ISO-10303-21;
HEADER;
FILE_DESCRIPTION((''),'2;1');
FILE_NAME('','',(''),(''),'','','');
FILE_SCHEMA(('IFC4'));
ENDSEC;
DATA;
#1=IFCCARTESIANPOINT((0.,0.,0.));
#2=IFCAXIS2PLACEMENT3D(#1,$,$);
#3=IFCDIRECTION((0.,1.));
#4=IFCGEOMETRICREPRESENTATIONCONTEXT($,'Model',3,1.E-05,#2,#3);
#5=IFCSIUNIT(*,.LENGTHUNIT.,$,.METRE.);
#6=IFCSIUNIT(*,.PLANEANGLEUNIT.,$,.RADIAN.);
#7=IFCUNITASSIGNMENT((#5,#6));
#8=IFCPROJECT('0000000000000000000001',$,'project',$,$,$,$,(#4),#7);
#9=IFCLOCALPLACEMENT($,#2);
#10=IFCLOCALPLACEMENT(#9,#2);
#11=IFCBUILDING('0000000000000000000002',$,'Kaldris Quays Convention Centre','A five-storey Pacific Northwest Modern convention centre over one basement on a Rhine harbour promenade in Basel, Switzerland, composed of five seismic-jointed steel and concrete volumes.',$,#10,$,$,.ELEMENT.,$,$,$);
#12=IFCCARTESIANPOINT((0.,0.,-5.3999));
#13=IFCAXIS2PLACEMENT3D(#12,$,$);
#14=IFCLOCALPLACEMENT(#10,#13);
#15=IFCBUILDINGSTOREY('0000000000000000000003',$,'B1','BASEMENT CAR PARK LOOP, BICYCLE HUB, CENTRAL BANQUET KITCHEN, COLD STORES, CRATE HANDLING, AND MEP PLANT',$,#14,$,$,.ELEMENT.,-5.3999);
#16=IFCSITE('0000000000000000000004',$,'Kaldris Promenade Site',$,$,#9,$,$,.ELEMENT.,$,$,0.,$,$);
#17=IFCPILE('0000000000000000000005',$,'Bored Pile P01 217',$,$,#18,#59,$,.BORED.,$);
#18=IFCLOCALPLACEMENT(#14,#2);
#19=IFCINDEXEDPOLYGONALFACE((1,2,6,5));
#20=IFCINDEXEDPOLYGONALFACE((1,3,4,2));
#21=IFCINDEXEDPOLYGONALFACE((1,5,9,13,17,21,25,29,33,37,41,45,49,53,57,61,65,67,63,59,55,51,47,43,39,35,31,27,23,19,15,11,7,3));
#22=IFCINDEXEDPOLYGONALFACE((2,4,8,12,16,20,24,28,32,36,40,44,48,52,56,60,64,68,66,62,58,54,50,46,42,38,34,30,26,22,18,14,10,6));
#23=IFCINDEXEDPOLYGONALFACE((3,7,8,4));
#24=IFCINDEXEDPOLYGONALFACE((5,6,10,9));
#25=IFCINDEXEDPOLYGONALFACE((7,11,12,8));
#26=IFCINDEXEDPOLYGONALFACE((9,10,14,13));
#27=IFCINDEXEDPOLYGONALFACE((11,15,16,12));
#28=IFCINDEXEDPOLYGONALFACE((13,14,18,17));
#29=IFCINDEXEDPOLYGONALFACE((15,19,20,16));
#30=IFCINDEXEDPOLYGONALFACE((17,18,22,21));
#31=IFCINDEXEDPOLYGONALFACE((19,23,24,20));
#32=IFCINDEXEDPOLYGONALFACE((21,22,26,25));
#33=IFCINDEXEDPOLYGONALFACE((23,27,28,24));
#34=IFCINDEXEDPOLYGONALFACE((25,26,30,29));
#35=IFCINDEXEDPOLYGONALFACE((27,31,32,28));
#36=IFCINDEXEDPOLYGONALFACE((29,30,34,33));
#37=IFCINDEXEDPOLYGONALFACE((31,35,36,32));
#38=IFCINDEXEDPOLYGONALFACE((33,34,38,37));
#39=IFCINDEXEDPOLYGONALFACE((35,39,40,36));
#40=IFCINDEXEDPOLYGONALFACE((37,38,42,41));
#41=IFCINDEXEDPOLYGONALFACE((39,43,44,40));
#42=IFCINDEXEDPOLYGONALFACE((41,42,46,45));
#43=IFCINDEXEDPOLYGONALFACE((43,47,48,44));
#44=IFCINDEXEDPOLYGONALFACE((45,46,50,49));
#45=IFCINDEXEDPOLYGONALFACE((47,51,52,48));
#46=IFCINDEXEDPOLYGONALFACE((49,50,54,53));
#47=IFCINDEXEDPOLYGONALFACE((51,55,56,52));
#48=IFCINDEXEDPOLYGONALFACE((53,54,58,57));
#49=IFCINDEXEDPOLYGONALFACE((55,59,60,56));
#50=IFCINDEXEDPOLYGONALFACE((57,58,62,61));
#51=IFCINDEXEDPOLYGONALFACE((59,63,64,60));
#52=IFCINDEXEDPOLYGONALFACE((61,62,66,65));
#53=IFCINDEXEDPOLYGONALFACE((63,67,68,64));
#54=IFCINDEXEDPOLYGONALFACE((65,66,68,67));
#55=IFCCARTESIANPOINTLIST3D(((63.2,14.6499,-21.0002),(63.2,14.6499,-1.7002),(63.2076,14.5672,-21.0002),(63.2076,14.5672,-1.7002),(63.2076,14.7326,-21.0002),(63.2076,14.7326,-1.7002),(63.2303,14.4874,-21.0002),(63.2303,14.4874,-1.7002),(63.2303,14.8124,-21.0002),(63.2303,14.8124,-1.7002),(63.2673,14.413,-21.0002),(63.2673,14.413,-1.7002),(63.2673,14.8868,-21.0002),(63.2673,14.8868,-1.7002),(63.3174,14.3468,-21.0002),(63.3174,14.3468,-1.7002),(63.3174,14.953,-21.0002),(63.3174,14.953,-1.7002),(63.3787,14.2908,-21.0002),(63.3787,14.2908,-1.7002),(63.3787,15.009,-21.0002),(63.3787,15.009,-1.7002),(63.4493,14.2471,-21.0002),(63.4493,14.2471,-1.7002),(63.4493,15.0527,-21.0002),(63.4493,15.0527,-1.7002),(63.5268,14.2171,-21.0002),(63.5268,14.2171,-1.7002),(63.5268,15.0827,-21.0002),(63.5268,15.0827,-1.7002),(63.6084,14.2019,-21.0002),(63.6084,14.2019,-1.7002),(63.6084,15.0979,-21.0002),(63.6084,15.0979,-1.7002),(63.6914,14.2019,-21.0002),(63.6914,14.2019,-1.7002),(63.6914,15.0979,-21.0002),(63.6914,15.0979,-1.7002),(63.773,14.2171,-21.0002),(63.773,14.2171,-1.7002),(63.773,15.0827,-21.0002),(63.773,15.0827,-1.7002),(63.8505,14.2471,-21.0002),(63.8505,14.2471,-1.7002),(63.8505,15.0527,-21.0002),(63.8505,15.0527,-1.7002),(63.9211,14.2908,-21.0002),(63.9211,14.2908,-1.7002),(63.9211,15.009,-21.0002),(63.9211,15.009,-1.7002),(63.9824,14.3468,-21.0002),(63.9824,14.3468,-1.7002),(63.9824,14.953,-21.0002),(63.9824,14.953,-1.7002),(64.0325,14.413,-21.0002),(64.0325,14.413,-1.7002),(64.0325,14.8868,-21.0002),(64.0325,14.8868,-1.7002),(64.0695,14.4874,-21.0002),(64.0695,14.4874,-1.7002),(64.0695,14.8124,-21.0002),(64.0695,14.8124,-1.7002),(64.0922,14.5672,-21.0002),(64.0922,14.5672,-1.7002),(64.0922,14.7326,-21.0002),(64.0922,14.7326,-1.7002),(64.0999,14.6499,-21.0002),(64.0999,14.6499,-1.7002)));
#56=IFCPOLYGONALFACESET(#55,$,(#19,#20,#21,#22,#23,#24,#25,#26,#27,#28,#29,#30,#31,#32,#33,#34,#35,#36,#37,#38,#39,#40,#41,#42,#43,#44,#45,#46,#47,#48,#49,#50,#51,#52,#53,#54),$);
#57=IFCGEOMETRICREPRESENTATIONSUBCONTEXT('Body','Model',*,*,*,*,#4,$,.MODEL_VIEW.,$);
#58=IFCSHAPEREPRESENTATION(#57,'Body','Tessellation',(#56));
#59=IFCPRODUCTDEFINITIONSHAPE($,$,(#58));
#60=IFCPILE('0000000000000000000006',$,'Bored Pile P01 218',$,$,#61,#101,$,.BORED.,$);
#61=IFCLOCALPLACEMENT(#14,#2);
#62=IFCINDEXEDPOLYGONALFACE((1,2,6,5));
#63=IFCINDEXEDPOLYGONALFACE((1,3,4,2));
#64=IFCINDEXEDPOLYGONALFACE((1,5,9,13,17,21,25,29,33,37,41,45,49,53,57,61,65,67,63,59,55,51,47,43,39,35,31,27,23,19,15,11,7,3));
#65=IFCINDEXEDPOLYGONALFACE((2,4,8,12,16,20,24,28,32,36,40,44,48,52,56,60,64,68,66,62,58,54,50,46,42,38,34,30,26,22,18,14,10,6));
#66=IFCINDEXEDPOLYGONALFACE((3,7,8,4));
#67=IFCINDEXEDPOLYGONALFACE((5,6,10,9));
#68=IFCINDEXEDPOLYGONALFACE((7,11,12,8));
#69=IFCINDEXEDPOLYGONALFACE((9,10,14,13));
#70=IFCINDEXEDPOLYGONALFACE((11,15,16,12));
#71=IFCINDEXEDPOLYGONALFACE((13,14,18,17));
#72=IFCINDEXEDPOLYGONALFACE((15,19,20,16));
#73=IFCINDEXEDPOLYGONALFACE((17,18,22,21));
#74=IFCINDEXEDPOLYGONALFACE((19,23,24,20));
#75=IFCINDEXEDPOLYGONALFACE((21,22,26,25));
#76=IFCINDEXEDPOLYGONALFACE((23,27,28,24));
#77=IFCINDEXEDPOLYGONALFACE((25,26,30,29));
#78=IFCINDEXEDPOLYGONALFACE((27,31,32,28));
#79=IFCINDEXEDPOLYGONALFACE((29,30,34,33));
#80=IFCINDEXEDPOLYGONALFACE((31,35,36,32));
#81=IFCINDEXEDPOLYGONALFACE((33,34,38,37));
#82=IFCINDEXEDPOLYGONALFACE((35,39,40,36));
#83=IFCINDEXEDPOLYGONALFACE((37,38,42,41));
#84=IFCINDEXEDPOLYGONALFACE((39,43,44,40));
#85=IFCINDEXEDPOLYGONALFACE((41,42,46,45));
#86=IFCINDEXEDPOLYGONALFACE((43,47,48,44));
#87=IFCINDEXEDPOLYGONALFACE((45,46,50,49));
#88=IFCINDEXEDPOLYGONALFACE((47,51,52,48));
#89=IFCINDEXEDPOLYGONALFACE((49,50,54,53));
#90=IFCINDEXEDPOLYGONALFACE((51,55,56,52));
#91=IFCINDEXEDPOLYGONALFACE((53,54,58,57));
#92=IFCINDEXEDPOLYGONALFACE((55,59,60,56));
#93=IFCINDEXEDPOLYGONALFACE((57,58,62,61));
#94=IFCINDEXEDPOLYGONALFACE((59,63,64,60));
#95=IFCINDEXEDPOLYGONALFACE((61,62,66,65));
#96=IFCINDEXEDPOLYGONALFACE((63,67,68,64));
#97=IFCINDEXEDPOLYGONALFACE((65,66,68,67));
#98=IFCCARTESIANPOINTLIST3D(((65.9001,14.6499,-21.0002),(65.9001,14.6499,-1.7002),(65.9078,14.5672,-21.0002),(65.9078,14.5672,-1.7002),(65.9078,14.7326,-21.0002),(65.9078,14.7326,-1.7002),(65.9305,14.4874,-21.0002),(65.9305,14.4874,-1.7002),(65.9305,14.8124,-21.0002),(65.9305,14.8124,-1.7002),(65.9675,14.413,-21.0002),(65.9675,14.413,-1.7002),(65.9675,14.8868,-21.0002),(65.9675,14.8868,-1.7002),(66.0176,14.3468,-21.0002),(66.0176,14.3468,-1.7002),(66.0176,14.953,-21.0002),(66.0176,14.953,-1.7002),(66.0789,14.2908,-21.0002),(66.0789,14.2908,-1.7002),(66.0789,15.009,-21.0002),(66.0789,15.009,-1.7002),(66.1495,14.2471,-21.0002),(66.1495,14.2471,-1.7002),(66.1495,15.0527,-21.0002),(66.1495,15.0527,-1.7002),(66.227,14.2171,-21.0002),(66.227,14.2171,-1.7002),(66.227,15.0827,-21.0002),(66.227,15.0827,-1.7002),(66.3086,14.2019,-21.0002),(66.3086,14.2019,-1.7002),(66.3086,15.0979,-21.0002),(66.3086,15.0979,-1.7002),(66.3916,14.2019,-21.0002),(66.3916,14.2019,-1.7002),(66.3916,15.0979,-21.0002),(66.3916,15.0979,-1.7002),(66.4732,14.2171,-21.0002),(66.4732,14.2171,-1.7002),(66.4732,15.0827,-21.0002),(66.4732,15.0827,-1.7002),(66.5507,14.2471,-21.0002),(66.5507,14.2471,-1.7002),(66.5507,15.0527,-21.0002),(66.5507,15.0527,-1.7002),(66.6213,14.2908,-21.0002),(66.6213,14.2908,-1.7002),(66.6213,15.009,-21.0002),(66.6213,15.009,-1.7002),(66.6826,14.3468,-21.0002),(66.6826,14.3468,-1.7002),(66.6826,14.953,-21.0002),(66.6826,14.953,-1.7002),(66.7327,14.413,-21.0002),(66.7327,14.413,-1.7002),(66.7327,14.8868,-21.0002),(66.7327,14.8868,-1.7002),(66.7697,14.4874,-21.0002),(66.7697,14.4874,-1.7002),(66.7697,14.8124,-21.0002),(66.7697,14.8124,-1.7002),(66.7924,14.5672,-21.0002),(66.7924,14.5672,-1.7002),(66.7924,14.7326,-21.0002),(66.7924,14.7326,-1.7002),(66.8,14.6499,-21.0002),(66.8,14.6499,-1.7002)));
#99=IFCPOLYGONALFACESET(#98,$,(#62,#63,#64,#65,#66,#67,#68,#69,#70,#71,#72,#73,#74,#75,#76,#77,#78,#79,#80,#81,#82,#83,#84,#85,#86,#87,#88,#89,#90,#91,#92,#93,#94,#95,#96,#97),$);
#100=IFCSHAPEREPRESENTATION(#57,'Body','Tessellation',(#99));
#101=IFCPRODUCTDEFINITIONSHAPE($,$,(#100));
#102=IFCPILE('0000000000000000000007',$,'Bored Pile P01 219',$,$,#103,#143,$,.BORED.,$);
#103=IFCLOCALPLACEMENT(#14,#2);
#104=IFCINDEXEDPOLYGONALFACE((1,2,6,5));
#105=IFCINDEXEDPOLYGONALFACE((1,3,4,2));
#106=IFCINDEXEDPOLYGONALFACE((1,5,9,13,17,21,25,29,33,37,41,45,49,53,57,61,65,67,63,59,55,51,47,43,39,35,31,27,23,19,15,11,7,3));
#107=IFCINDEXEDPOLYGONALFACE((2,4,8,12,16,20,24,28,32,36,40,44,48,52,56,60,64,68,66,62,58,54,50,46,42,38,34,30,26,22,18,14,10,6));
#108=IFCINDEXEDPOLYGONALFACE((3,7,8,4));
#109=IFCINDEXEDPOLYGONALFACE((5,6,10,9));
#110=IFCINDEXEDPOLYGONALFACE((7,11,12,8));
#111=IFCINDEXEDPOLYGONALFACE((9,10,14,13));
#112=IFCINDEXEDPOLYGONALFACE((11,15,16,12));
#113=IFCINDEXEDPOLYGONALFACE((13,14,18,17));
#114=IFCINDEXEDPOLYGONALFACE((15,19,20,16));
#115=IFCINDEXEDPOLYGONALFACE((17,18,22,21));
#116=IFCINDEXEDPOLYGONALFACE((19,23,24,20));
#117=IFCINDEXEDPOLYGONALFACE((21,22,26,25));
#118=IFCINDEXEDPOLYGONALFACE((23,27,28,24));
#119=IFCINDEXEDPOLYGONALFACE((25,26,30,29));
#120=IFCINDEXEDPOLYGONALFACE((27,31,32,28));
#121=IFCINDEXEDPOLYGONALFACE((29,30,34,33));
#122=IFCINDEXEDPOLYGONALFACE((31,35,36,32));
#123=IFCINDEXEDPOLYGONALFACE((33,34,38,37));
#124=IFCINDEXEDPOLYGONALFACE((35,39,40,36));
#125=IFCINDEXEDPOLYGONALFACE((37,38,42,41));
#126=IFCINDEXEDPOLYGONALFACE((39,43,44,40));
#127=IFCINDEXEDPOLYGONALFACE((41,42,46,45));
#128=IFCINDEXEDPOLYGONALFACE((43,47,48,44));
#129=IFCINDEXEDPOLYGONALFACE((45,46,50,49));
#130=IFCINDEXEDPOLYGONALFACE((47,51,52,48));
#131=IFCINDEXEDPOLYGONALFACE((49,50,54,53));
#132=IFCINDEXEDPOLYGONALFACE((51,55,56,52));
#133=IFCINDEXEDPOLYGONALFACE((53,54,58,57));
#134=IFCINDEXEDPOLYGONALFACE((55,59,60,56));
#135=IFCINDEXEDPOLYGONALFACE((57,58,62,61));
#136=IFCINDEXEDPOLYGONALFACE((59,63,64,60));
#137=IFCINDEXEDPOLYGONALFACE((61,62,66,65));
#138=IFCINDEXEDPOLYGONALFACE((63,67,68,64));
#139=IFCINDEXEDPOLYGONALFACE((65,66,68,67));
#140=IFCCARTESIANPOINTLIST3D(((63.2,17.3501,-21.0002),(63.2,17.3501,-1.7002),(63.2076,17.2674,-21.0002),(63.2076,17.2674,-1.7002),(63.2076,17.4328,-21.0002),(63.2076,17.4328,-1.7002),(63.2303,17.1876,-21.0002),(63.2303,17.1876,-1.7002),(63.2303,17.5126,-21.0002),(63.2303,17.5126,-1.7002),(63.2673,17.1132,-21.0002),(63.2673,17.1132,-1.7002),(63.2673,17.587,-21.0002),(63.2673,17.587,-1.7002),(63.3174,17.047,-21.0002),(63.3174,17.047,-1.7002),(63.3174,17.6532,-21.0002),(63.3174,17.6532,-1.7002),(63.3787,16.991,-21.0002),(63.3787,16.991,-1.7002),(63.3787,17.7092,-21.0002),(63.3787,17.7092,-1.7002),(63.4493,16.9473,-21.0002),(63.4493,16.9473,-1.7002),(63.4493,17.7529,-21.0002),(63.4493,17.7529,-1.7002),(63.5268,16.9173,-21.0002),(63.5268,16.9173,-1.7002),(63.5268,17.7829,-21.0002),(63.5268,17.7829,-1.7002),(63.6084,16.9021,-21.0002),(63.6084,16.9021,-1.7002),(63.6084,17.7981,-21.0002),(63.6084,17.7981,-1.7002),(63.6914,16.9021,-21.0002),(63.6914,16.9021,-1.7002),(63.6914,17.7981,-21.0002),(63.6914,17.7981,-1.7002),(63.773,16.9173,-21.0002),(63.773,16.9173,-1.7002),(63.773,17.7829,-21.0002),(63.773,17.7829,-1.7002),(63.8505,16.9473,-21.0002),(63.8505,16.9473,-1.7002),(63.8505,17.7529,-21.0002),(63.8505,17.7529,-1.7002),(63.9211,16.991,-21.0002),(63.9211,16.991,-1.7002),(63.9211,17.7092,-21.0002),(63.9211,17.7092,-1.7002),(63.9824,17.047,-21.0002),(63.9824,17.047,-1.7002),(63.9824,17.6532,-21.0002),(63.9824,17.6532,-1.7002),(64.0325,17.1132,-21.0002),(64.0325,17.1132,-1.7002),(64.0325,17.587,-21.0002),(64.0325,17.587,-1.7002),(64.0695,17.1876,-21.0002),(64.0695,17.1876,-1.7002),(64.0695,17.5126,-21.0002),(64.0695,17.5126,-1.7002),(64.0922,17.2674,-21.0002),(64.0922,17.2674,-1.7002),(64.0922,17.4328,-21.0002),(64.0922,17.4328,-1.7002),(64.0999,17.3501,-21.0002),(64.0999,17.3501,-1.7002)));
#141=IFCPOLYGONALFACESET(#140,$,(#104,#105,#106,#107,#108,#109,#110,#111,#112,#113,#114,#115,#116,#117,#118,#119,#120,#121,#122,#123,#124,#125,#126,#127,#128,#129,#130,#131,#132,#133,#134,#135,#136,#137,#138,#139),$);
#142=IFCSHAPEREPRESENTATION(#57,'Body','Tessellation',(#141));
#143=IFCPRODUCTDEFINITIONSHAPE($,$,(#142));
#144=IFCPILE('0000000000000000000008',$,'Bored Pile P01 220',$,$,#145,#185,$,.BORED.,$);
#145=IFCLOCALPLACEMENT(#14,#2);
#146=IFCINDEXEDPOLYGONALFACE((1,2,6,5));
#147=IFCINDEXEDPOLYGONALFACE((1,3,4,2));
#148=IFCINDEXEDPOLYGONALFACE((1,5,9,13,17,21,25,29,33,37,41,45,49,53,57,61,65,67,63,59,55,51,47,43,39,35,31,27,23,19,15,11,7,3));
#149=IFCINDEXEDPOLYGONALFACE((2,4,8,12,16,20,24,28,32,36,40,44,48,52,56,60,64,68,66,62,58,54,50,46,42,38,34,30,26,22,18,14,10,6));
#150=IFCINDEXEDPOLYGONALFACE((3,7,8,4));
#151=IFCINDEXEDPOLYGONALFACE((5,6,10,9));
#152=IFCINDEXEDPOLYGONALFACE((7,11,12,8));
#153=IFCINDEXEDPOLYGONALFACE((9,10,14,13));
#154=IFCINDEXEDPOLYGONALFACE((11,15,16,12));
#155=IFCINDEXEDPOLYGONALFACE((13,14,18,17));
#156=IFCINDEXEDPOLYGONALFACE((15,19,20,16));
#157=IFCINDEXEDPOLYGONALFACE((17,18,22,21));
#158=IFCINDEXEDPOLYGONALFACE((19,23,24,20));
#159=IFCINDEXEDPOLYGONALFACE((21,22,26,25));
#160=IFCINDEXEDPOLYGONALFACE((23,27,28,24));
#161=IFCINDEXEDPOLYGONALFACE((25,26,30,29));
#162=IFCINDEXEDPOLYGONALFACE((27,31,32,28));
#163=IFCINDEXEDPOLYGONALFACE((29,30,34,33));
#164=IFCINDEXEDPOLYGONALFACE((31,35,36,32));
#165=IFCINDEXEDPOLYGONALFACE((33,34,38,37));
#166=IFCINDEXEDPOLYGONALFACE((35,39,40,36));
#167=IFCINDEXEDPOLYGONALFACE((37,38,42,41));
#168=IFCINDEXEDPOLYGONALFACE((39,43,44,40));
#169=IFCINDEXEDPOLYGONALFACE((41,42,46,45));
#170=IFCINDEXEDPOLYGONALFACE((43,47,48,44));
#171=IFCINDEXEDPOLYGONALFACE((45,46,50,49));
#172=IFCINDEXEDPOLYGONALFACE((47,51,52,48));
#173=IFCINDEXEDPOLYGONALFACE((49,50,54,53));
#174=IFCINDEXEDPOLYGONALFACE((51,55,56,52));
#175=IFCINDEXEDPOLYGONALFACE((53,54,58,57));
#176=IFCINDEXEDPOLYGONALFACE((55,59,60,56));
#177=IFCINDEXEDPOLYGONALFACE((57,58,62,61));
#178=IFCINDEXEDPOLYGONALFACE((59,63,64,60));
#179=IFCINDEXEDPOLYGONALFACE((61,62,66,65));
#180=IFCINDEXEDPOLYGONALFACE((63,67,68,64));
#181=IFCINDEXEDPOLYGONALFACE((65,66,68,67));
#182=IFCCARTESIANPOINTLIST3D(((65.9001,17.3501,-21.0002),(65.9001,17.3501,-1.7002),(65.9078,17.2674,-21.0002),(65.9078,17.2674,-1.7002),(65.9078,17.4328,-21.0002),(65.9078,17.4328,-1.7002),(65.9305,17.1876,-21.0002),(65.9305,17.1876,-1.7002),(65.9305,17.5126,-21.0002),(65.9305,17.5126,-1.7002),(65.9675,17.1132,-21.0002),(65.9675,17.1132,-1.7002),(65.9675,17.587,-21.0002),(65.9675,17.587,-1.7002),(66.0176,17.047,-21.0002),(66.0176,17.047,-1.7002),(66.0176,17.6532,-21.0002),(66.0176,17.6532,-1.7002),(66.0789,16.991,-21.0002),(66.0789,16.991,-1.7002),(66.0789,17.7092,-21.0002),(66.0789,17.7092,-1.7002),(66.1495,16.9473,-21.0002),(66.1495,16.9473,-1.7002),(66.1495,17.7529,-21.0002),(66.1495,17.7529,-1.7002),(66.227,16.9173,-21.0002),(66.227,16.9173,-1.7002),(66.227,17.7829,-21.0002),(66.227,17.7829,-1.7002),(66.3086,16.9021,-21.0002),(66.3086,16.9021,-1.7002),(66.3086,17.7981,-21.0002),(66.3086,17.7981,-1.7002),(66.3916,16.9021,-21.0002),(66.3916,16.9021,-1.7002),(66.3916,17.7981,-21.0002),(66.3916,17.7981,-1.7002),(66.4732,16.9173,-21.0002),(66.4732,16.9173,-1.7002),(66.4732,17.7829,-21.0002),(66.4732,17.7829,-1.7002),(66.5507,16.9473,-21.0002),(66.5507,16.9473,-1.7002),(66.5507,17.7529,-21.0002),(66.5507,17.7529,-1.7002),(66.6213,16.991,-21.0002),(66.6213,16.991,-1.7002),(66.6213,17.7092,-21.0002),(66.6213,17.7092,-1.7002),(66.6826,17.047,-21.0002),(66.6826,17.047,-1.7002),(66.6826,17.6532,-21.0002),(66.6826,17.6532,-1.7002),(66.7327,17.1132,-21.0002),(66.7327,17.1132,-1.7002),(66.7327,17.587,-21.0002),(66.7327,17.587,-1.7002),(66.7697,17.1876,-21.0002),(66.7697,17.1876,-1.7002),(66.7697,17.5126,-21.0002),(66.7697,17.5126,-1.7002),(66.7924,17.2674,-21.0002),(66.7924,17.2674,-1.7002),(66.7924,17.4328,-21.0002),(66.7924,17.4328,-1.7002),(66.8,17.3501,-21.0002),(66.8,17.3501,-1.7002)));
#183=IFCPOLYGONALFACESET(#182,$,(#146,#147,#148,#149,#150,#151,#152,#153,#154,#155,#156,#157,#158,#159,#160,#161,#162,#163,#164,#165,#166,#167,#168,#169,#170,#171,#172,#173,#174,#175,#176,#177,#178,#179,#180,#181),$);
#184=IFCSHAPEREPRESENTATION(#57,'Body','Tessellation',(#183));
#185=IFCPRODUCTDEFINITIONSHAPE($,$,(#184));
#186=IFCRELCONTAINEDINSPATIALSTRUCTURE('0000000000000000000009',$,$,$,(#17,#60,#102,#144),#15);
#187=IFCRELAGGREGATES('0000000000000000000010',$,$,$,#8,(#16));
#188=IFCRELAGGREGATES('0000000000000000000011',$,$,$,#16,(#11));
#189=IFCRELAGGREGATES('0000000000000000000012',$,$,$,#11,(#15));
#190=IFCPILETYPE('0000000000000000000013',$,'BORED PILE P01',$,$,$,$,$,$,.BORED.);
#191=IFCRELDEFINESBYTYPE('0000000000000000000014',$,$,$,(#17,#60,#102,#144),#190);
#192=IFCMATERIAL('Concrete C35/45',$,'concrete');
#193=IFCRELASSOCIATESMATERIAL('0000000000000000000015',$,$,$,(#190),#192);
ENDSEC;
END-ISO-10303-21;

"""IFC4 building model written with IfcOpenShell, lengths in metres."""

from ifc_helpers import new_model, si_unit, direction, frame, origin, origin_2d, place, context, subcontext, project, spatial, circle, extrude, material, material_profile, profile_set, type_object, element, save


model = new_model("IFC4")

# Units and contexts
model_context = context("Model", 3, precision=1e-05, world=origin(), true_north=direction((0.0, 1.0)))
body_context = subcontext(model_context, "Body", "Model", "MODEL_VIEW")
ifc_project = project(units=[si_unit("LENGTHUNIT", "METRE"), si_unit("PLANEANGLEUNIT", "RADIAN")], contexts=[model_context])

# Site, building, storey
site_placement = place(None, origin())
site = spatial("IfcSite", under=ifc_project, at=site_placement, Name="Kaldris Promenade Site", CompositionType="ELEMENT", RefElevation=0.0)
building_placement = place(site_placement, origin())
building = spatial("IfcBuilding", under=site, at=building_placement, Name="Kaldris Quays Convention Centre", Description="A five-storey Pacific Northwest Modern convention centre over one basement on a Rhine harbour promenade in Basel, Switzerland, composed of five seismic-jointed steel and concrete volumes.", CompositionType="ELEMENT")
storey_placement = place(building_placement, frame((0.0, 0.0, -5.3999)))
storey = spatial("IfcBuildingStorey", under=building, at=storey_placement, Name="B1", Description="BASEMENT CAR PARK LOOP, BICYCLE HUB, CENTRAL BANQUET KITCHEN, COLD STORES, CRATE HANDLING, AND MEP PLANT", CompositionType="ELEMENT", Elevation=-5.3999)

# Piles
ifc_material_1 = material(Name="Concrete C35/45", Category="concrete")
ifc_material_profile_1 = material_profile(ifc_material_1, circle(Radius=0.45, at=origin_2d()), Name="BORED PILE D900")
ifc_profile_set_1 = profile_set([ifc_material_profile_1], Name="Concrete C35/45")
pile_type = type_object("IfcPileType", Name="BORED PILE P01", PredefinedType="BORED", material=ifc_profile_set_1)
for number, where, z_axis, x_axis, name in (
    (1, (63.6499, 14.6499, -1.7002), (0.0, 0.0, -1.0), (1.0, 0.0, 0.0), "Bored Pile P01 217"),
    (2, (66.3501, 14.6499, -1.7002), (0.0, 0.0, -1.0), (1.0, 0.0, 0.0), "Bored Pile P01 218"),
    (3, (63.6499, 17.3501, -1.7002), (0.0, 0.0, -1.0), (1.0, 0.0, 0.0), "Bored Pile P01 219"),
    (4, (66.3501, 17.3501, -1.7002), (0.0, 0.0, -1.0), (1.0, 0.0, 0.0), "Bored Pile P01 220"),
):
    element("IfcPile", number, at=place(storey_placement, frame(where, z_axis=z_axis, x_axis=x_axis)), inside=storey, type_object=pile_type, Name=name, PredefinedType="BORED", context=body_context, shape_type="SweptSolid", body=[
        extrude(circle(Radius=0.45, at=origin_2d()), origin(), (0.0, 0.0, 1.0), 19.3),
    ])

save(model, "model.ifc")
